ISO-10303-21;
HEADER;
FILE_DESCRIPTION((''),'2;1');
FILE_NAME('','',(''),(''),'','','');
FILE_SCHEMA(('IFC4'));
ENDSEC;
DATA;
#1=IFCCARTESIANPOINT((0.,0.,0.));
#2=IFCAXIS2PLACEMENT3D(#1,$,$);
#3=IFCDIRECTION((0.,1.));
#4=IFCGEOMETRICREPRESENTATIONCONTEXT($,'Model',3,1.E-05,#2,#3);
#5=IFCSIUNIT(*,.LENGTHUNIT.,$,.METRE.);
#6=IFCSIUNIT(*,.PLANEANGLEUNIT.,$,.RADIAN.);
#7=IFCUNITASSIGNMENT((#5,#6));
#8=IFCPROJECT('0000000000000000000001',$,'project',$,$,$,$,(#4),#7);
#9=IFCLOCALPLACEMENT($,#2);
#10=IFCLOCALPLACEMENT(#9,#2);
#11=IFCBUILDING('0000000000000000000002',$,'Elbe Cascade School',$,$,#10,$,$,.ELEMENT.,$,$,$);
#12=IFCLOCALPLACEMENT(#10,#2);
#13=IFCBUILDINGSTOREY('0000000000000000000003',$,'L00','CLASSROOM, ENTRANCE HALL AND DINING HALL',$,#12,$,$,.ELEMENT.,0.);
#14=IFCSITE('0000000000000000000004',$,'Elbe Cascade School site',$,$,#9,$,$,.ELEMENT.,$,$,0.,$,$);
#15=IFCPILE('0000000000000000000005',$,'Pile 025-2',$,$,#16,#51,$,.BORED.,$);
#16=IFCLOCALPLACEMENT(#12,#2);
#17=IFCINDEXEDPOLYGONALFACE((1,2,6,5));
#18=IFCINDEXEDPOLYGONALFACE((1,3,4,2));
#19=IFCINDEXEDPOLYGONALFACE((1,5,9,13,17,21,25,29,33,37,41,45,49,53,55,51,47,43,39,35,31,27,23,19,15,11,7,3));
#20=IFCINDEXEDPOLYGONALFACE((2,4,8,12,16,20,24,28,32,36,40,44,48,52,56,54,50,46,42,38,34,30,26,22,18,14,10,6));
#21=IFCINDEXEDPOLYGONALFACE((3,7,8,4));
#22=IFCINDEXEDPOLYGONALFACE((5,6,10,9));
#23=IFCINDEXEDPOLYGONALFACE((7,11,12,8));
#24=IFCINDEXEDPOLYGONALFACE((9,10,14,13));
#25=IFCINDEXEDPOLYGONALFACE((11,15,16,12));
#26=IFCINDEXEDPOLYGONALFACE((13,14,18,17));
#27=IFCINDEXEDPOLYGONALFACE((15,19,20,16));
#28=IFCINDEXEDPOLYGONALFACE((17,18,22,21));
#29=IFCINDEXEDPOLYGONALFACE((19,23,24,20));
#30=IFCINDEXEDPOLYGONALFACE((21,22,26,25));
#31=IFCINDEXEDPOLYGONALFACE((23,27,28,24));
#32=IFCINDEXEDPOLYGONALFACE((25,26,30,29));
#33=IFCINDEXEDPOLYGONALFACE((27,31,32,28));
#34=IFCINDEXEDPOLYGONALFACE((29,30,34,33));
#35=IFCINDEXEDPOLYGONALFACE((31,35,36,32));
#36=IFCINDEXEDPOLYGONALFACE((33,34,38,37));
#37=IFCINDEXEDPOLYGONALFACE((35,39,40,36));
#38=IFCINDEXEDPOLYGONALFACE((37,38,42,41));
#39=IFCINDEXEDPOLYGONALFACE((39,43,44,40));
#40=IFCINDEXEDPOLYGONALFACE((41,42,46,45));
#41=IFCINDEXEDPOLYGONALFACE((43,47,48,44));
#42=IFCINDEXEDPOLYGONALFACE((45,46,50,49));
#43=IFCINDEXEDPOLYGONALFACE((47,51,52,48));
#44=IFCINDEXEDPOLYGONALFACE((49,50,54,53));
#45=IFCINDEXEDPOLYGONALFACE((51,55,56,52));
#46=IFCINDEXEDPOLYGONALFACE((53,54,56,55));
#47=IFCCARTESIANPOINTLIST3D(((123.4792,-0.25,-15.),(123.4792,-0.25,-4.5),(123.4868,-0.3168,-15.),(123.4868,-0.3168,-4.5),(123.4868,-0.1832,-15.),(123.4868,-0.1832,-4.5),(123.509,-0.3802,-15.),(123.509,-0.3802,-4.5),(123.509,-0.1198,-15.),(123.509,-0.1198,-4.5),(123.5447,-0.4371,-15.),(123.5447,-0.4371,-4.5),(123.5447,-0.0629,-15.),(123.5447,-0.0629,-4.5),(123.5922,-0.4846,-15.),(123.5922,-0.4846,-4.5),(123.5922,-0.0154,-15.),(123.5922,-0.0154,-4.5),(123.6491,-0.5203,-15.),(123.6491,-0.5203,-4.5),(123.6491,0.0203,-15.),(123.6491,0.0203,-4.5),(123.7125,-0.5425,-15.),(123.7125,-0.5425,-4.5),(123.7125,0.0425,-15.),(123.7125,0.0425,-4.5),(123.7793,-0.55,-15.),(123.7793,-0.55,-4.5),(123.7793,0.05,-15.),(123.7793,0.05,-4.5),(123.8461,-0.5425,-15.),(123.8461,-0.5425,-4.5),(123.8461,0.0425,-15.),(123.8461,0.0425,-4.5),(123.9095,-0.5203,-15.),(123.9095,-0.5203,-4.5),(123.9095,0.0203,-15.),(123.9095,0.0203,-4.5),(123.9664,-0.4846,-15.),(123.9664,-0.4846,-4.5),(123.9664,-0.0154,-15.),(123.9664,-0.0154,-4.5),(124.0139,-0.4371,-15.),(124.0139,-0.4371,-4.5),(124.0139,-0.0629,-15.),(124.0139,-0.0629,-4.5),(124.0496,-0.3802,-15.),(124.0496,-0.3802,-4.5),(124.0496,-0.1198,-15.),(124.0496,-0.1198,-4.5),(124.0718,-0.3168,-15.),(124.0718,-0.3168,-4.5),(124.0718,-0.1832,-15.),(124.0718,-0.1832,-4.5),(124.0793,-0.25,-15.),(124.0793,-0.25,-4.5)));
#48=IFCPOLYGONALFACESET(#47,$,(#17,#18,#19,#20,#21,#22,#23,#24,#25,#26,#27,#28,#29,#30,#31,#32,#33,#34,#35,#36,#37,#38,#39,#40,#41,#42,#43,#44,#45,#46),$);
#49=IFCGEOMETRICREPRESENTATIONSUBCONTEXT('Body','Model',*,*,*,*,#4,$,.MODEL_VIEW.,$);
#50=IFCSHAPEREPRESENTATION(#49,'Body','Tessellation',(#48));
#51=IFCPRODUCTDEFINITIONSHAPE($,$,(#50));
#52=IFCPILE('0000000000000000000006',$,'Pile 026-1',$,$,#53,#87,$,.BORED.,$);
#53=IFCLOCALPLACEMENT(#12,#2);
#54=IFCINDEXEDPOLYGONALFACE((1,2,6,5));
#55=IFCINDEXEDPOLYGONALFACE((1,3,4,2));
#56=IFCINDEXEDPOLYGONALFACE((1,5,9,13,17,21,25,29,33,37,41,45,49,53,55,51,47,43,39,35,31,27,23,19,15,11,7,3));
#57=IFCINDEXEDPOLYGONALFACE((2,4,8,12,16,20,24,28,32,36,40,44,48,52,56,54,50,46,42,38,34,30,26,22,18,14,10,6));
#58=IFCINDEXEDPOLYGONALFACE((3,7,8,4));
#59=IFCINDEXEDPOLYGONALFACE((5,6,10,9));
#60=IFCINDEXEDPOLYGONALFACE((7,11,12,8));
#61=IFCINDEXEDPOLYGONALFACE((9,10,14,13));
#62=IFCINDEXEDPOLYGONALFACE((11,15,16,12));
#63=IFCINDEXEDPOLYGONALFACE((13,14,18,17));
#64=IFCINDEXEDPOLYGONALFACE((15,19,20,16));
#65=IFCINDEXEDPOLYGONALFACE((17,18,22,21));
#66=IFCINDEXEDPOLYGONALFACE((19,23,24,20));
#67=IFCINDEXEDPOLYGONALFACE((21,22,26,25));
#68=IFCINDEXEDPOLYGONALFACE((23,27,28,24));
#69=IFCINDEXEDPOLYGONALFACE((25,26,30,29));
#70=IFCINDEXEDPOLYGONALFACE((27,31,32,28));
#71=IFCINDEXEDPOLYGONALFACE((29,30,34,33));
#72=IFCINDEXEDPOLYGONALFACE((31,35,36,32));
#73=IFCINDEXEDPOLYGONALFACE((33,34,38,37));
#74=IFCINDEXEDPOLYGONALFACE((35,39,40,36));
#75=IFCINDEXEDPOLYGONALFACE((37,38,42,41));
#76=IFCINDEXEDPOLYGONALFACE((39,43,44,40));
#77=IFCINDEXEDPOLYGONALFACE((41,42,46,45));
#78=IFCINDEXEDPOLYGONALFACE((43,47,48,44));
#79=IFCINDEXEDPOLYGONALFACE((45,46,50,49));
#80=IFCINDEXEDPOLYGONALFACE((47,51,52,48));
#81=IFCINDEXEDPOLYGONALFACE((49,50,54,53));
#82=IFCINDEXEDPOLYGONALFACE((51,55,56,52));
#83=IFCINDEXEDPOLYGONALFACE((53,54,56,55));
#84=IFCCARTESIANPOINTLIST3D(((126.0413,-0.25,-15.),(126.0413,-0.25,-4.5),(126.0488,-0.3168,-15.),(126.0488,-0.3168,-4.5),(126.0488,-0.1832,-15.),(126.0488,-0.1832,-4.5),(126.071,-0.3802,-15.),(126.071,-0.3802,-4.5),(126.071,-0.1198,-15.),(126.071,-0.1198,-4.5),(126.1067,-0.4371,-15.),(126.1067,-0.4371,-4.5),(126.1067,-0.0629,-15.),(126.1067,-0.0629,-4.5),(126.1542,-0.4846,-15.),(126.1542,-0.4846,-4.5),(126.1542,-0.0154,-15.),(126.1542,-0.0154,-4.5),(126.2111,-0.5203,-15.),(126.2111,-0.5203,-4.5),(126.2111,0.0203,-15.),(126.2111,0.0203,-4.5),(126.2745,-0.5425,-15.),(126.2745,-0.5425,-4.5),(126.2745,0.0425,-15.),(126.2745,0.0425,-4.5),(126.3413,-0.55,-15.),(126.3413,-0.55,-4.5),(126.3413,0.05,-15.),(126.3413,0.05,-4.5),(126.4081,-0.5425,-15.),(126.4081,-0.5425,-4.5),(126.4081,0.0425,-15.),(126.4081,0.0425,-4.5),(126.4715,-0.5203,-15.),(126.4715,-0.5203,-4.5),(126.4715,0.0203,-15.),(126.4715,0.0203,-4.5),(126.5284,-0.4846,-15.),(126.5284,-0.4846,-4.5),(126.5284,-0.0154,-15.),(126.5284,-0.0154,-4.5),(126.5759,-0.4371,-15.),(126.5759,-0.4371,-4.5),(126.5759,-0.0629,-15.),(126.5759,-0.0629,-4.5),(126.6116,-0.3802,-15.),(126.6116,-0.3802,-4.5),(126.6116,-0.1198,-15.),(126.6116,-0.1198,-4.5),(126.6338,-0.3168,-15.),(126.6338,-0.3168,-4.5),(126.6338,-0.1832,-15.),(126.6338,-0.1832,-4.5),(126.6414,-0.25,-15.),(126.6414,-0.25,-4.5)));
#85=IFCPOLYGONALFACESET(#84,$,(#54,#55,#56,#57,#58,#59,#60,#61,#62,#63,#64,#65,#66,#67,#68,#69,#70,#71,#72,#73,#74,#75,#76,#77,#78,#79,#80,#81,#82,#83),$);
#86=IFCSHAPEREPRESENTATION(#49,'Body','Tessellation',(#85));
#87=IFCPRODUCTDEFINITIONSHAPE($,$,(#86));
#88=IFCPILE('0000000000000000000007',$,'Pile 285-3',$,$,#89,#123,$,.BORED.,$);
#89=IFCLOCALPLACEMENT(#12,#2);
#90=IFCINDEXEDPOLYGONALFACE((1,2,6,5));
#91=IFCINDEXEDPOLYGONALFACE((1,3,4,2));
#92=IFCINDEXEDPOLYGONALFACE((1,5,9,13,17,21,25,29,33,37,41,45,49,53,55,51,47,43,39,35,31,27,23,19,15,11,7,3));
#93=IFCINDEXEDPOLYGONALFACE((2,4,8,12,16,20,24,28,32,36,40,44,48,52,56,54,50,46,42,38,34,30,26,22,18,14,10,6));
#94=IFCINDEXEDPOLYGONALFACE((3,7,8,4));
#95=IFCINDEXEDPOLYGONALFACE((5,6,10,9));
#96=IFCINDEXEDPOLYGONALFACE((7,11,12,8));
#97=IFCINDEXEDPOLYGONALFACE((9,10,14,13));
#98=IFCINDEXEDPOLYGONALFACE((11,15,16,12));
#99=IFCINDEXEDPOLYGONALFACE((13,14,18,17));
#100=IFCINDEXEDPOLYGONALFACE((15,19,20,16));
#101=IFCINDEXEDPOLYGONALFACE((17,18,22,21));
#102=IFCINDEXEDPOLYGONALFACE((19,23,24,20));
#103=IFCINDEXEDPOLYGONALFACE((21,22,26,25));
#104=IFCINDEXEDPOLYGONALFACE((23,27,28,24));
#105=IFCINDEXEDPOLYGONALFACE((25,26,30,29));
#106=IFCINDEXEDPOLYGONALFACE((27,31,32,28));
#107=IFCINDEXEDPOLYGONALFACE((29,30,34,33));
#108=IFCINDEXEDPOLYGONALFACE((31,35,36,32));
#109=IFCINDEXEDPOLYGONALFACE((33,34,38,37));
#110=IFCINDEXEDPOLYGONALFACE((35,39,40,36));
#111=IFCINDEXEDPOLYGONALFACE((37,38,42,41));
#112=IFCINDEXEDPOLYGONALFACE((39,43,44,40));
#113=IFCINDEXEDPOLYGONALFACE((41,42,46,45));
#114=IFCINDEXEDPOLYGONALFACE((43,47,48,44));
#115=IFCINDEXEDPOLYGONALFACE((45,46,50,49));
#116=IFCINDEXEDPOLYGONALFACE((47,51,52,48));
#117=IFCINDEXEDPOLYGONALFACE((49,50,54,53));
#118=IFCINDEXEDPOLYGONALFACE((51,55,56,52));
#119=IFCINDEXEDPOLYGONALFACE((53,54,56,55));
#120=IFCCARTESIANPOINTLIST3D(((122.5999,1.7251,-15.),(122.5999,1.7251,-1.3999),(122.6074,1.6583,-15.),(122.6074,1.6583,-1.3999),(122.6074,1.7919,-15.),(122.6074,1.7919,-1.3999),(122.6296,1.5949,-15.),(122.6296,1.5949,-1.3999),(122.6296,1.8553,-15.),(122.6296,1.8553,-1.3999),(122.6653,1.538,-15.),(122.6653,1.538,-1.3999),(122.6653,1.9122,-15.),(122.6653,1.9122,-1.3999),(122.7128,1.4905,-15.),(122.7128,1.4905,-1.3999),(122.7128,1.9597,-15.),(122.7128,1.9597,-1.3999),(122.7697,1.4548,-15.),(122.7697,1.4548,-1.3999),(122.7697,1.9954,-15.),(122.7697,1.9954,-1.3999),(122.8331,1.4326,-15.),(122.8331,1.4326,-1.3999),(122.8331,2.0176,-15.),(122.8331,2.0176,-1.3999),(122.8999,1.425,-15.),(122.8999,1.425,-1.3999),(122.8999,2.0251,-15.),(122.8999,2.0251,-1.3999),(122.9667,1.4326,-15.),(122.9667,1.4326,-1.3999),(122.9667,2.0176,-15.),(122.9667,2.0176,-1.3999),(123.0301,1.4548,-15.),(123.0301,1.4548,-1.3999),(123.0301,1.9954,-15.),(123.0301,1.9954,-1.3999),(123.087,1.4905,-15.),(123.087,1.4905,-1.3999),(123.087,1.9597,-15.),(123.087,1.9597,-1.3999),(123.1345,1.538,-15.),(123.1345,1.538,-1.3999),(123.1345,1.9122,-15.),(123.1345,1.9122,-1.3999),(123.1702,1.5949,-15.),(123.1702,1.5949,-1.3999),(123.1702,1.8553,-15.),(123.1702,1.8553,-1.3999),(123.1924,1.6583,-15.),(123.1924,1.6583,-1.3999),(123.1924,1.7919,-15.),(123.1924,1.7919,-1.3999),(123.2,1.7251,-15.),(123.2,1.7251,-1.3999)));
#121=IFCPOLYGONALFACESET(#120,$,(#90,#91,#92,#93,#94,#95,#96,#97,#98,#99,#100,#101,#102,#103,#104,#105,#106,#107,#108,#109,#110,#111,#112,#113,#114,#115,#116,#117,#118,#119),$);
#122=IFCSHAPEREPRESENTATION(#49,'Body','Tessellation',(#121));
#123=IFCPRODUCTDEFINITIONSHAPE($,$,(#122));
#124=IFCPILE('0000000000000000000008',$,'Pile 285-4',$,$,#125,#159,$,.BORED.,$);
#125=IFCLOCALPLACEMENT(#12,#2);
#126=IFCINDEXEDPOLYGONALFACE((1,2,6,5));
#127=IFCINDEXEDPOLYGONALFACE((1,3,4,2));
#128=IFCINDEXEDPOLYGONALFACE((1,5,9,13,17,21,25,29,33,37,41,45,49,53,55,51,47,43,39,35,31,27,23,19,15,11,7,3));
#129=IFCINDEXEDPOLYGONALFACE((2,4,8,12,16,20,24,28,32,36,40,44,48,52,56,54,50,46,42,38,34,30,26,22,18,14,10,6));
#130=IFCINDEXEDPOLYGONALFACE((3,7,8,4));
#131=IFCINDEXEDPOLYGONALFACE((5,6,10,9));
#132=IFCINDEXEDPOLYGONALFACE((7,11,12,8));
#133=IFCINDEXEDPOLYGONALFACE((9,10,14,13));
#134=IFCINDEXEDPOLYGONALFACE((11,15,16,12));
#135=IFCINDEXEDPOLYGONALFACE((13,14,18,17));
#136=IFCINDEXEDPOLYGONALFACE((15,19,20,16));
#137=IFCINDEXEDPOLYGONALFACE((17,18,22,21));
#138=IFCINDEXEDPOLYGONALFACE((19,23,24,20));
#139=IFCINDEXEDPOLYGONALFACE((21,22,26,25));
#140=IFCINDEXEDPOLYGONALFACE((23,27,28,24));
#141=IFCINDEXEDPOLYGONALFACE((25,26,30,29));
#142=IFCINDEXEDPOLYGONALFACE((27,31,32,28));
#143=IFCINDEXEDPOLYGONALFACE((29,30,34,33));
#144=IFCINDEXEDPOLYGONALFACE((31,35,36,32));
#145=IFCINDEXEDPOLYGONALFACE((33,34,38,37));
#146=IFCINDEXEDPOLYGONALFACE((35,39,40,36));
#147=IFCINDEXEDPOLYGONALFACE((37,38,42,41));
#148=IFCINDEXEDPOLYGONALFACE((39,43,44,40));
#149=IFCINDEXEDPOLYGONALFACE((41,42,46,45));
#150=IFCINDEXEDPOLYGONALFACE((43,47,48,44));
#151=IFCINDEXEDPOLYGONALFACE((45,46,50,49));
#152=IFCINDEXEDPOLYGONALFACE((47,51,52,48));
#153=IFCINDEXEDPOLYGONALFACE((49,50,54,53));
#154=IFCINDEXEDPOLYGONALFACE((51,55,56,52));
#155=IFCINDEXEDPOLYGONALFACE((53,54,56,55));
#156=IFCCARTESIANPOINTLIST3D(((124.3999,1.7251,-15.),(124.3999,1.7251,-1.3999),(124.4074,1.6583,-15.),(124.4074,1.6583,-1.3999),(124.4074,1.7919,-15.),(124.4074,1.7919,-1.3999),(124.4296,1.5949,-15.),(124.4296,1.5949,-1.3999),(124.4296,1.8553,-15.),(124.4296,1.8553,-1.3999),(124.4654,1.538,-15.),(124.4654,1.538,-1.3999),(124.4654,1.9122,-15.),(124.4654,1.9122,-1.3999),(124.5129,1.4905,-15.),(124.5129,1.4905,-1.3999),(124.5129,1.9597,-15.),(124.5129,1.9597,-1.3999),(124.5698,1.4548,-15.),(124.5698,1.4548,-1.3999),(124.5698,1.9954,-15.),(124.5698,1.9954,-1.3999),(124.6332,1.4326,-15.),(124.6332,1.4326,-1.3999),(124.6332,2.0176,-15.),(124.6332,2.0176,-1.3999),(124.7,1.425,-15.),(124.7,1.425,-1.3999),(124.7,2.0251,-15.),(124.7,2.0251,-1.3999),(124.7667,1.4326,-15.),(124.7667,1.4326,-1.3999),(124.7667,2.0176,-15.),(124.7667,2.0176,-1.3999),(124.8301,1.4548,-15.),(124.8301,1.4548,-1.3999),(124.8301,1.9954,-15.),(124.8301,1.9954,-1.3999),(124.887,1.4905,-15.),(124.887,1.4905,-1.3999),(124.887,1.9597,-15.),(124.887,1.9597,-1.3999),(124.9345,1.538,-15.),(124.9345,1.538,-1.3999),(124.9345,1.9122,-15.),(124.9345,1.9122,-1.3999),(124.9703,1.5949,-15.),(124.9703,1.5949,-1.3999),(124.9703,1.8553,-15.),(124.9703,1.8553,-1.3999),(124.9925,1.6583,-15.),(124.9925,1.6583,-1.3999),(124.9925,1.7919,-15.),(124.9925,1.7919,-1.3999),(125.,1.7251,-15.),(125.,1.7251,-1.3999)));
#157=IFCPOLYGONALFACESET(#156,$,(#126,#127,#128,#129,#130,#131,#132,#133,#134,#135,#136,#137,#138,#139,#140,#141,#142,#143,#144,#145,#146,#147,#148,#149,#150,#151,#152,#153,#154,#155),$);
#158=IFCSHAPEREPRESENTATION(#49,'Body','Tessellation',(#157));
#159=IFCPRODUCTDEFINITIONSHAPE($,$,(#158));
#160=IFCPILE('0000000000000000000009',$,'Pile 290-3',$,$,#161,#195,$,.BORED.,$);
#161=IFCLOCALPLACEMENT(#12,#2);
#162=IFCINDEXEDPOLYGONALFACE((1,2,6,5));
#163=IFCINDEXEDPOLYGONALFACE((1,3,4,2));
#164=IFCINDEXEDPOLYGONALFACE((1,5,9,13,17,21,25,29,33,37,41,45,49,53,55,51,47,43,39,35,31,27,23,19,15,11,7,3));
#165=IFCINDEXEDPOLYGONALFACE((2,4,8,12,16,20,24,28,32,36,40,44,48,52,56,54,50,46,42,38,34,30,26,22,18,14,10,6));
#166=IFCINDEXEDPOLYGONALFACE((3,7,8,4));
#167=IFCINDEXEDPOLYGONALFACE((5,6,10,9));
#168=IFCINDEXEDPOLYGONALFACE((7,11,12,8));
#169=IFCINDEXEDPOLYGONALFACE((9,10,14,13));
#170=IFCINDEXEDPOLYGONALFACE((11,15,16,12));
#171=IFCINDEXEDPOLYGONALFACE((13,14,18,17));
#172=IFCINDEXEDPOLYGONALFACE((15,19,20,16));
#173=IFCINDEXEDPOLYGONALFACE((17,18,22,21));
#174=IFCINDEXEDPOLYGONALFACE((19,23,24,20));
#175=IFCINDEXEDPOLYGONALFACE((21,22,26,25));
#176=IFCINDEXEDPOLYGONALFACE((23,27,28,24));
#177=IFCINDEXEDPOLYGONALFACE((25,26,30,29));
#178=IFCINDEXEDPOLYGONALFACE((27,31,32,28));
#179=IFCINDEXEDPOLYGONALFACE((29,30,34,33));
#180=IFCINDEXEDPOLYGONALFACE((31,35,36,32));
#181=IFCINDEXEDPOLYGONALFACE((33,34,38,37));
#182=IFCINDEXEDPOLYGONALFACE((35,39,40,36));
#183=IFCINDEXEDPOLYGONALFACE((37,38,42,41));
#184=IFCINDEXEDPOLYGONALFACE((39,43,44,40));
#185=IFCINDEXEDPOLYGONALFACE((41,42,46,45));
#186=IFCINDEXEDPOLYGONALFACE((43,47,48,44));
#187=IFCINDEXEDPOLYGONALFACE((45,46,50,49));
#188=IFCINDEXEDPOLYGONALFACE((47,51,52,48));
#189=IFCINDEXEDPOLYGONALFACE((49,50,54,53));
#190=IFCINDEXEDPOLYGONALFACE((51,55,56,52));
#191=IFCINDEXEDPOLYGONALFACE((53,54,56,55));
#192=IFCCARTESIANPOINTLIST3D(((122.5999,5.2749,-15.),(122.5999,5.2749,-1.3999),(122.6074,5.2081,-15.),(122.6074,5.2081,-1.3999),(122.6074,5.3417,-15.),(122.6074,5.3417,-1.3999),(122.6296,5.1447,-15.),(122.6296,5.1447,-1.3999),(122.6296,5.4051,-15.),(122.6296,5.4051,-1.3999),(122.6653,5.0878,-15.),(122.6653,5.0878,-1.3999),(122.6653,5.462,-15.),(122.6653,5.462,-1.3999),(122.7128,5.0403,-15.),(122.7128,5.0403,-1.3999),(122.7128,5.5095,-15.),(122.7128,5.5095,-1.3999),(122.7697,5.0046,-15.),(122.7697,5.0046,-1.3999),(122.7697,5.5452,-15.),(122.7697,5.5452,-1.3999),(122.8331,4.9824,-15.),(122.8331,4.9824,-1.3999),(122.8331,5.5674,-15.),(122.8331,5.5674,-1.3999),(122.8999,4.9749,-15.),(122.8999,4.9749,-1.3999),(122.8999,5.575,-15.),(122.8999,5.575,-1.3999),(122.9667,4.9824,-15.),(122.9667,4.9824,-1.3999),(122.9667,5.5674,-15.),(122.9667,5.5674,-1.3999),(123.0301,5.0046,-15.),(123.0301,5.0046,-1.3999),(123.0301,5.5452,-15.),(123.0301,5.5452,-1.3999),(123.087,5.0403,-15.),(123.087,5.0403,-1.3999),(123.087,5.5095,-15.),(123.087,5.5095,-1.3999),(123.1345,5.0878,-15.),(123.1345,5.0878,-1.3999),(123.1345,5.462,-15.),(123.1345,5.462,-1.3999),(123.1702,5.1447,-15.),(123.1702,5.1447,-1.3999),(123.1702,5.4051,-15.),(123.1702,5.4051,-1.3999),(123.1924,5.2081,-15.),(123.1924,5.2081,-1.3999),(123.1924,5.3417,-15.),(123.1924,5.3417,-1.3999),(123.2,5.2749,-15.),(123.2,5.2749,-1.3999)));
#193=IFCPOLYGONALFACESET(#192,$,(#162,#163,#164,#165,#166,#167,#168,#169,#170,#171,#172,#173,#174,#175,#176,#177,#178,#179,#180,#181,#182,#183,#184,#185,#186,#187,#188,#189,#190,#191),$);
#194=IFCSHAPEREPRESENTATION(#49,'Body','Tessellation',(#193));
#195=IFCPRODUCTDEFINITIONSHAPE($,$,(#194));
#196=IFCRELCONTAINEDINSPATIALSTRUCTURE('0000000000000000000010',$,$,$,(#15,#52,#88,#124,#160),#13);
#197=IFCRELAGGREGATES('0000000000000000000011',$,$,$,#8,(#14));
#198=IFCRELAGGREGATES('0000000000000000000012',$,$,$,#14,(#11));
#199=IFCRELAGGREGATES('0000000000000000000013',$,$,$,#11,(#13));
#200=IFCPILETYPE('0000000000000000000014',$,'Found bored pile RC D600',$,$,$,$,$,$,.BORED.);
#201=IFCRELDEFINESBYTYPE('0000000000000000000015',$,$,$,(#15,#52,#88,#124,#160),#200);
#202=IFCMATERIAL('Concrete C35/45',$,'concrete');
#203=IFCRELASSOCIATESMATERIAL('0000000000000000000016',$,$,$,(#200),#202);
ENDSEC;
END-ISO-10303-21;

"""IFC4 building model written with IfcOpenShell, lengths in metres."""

from ifc_helpers import new_model, si_unit, direction, frame, origin, origin_2d, place, context, subcontext, project, spatial, circle, extrude, material, material_profile, profile_set, type_object, element, save


model = new_model("IFC4")

# Units and contexts
model_context = context("Model", 3, precision=1e-05, world=origin(), true_north=direction((0.0, 1.0)))
body_context = subcontext(model_context, "Body", "Model", "MODEL_VIEW")
ifc_project = project(units=[si_unit("LENGTHUNIT", "METRE"), si_unit("PLANEANGLEUNIT", "RADIAN")], contexts=[model_context])

# Site, building, storey
site_placement = place(None, origin())
site = spatial("IfcSite", under=ifc_project, at=site_placement, Name="Elbe Cascade School site", CompositionType="ELEMENT", RefElevation=0.0)
building_placement = place(site_placement, origin())
building = spatial("IfcBuilding", under=site, at=building_placement, Name="Elbe Cascade School", CompositionType="ELEMENT")
storey_placement = place(building_placement, origin())
storey = spatial("IfcBuildingStorey", under=building, at=storey_placement, Name="L00", Description="CLASSROOM, ENTRANCE HALL AND DINING HALL", CompositionType="ELEMENT", Elevation=0.0)

# Piles
ifc_material_1 = material(Name="Concrete C35/45", Category="concrete")
ifc_material_profile_1 = material_profile(ifc_material_1, circle(Radius=0.3, at=origin_2d()), Name="RC D600")
ifc_profile_set_1 = profile_set([ifc_material_profile_1], Name="Concrete C35/45")
pile_type = type_object("IfcPileType", Name="Found bored pile RC D600", PredefinedType="BORED", material=ifc_profile_set_1)
for number, where, z_axis, x_axis, name in (
    (1, (123.7793, -0.25, -4.5), (0.0, 0.0, -1.0), (1.0, 0.0, 0.0), "Pile 025-2"),
    (2, (126.3413, -0.25, -4.5), (0.0, 0.0, -1.0), (1.0, 0.0, 0.0), "Pile 026-1"),
):
    element("IfcPile", number, at=place(storey_placement, frame(where, z_axis=z_axis, x_axis=x_axis)), inside=storey, type_object=pile_type, Name=name, PredefinedType="BORED", context=body_context, shape_type="SweptSolid", body=[
        extrude(circle(Radius=0.3, at=origin_2d()), origin(), (0.0, 0.0, 1.0), 10.5),
    ])
for number, where, z_axis, x_axis, name in (
    (3, (122.8999, 1.7251, -1.3999), (0.0, 0.0, -1.0), (1.0, 0.0, 0.0), "Pile 285-3"),
    (4, (124.7, 1.7251, -1.3999), (0.0, 0.0, -1.0), (1.0, 0.0, 0.0), "Pile 285-4"),
    (5, (122.8999, 5.2749, -1.3999), (0.0, 0.0, -1.0), (1.0, 0.0, 0.0), "Pile 290-3"),
):
    element("IfcPile", number, at=place(storey_placement, frame(where, z_axis=z_axis, x_axis=x_axis)), inside=storey, type_object=pile_type, Name=name, PredefinedType="BORED", context=body_context, shape_type="SweptSolid", body=[
        extrude(circle(Radius=0.3, at=origin_2d()), origin(), (0.0, 0.0, 1.0), 13.6001),
    ])

save(model, "model.ifc")
